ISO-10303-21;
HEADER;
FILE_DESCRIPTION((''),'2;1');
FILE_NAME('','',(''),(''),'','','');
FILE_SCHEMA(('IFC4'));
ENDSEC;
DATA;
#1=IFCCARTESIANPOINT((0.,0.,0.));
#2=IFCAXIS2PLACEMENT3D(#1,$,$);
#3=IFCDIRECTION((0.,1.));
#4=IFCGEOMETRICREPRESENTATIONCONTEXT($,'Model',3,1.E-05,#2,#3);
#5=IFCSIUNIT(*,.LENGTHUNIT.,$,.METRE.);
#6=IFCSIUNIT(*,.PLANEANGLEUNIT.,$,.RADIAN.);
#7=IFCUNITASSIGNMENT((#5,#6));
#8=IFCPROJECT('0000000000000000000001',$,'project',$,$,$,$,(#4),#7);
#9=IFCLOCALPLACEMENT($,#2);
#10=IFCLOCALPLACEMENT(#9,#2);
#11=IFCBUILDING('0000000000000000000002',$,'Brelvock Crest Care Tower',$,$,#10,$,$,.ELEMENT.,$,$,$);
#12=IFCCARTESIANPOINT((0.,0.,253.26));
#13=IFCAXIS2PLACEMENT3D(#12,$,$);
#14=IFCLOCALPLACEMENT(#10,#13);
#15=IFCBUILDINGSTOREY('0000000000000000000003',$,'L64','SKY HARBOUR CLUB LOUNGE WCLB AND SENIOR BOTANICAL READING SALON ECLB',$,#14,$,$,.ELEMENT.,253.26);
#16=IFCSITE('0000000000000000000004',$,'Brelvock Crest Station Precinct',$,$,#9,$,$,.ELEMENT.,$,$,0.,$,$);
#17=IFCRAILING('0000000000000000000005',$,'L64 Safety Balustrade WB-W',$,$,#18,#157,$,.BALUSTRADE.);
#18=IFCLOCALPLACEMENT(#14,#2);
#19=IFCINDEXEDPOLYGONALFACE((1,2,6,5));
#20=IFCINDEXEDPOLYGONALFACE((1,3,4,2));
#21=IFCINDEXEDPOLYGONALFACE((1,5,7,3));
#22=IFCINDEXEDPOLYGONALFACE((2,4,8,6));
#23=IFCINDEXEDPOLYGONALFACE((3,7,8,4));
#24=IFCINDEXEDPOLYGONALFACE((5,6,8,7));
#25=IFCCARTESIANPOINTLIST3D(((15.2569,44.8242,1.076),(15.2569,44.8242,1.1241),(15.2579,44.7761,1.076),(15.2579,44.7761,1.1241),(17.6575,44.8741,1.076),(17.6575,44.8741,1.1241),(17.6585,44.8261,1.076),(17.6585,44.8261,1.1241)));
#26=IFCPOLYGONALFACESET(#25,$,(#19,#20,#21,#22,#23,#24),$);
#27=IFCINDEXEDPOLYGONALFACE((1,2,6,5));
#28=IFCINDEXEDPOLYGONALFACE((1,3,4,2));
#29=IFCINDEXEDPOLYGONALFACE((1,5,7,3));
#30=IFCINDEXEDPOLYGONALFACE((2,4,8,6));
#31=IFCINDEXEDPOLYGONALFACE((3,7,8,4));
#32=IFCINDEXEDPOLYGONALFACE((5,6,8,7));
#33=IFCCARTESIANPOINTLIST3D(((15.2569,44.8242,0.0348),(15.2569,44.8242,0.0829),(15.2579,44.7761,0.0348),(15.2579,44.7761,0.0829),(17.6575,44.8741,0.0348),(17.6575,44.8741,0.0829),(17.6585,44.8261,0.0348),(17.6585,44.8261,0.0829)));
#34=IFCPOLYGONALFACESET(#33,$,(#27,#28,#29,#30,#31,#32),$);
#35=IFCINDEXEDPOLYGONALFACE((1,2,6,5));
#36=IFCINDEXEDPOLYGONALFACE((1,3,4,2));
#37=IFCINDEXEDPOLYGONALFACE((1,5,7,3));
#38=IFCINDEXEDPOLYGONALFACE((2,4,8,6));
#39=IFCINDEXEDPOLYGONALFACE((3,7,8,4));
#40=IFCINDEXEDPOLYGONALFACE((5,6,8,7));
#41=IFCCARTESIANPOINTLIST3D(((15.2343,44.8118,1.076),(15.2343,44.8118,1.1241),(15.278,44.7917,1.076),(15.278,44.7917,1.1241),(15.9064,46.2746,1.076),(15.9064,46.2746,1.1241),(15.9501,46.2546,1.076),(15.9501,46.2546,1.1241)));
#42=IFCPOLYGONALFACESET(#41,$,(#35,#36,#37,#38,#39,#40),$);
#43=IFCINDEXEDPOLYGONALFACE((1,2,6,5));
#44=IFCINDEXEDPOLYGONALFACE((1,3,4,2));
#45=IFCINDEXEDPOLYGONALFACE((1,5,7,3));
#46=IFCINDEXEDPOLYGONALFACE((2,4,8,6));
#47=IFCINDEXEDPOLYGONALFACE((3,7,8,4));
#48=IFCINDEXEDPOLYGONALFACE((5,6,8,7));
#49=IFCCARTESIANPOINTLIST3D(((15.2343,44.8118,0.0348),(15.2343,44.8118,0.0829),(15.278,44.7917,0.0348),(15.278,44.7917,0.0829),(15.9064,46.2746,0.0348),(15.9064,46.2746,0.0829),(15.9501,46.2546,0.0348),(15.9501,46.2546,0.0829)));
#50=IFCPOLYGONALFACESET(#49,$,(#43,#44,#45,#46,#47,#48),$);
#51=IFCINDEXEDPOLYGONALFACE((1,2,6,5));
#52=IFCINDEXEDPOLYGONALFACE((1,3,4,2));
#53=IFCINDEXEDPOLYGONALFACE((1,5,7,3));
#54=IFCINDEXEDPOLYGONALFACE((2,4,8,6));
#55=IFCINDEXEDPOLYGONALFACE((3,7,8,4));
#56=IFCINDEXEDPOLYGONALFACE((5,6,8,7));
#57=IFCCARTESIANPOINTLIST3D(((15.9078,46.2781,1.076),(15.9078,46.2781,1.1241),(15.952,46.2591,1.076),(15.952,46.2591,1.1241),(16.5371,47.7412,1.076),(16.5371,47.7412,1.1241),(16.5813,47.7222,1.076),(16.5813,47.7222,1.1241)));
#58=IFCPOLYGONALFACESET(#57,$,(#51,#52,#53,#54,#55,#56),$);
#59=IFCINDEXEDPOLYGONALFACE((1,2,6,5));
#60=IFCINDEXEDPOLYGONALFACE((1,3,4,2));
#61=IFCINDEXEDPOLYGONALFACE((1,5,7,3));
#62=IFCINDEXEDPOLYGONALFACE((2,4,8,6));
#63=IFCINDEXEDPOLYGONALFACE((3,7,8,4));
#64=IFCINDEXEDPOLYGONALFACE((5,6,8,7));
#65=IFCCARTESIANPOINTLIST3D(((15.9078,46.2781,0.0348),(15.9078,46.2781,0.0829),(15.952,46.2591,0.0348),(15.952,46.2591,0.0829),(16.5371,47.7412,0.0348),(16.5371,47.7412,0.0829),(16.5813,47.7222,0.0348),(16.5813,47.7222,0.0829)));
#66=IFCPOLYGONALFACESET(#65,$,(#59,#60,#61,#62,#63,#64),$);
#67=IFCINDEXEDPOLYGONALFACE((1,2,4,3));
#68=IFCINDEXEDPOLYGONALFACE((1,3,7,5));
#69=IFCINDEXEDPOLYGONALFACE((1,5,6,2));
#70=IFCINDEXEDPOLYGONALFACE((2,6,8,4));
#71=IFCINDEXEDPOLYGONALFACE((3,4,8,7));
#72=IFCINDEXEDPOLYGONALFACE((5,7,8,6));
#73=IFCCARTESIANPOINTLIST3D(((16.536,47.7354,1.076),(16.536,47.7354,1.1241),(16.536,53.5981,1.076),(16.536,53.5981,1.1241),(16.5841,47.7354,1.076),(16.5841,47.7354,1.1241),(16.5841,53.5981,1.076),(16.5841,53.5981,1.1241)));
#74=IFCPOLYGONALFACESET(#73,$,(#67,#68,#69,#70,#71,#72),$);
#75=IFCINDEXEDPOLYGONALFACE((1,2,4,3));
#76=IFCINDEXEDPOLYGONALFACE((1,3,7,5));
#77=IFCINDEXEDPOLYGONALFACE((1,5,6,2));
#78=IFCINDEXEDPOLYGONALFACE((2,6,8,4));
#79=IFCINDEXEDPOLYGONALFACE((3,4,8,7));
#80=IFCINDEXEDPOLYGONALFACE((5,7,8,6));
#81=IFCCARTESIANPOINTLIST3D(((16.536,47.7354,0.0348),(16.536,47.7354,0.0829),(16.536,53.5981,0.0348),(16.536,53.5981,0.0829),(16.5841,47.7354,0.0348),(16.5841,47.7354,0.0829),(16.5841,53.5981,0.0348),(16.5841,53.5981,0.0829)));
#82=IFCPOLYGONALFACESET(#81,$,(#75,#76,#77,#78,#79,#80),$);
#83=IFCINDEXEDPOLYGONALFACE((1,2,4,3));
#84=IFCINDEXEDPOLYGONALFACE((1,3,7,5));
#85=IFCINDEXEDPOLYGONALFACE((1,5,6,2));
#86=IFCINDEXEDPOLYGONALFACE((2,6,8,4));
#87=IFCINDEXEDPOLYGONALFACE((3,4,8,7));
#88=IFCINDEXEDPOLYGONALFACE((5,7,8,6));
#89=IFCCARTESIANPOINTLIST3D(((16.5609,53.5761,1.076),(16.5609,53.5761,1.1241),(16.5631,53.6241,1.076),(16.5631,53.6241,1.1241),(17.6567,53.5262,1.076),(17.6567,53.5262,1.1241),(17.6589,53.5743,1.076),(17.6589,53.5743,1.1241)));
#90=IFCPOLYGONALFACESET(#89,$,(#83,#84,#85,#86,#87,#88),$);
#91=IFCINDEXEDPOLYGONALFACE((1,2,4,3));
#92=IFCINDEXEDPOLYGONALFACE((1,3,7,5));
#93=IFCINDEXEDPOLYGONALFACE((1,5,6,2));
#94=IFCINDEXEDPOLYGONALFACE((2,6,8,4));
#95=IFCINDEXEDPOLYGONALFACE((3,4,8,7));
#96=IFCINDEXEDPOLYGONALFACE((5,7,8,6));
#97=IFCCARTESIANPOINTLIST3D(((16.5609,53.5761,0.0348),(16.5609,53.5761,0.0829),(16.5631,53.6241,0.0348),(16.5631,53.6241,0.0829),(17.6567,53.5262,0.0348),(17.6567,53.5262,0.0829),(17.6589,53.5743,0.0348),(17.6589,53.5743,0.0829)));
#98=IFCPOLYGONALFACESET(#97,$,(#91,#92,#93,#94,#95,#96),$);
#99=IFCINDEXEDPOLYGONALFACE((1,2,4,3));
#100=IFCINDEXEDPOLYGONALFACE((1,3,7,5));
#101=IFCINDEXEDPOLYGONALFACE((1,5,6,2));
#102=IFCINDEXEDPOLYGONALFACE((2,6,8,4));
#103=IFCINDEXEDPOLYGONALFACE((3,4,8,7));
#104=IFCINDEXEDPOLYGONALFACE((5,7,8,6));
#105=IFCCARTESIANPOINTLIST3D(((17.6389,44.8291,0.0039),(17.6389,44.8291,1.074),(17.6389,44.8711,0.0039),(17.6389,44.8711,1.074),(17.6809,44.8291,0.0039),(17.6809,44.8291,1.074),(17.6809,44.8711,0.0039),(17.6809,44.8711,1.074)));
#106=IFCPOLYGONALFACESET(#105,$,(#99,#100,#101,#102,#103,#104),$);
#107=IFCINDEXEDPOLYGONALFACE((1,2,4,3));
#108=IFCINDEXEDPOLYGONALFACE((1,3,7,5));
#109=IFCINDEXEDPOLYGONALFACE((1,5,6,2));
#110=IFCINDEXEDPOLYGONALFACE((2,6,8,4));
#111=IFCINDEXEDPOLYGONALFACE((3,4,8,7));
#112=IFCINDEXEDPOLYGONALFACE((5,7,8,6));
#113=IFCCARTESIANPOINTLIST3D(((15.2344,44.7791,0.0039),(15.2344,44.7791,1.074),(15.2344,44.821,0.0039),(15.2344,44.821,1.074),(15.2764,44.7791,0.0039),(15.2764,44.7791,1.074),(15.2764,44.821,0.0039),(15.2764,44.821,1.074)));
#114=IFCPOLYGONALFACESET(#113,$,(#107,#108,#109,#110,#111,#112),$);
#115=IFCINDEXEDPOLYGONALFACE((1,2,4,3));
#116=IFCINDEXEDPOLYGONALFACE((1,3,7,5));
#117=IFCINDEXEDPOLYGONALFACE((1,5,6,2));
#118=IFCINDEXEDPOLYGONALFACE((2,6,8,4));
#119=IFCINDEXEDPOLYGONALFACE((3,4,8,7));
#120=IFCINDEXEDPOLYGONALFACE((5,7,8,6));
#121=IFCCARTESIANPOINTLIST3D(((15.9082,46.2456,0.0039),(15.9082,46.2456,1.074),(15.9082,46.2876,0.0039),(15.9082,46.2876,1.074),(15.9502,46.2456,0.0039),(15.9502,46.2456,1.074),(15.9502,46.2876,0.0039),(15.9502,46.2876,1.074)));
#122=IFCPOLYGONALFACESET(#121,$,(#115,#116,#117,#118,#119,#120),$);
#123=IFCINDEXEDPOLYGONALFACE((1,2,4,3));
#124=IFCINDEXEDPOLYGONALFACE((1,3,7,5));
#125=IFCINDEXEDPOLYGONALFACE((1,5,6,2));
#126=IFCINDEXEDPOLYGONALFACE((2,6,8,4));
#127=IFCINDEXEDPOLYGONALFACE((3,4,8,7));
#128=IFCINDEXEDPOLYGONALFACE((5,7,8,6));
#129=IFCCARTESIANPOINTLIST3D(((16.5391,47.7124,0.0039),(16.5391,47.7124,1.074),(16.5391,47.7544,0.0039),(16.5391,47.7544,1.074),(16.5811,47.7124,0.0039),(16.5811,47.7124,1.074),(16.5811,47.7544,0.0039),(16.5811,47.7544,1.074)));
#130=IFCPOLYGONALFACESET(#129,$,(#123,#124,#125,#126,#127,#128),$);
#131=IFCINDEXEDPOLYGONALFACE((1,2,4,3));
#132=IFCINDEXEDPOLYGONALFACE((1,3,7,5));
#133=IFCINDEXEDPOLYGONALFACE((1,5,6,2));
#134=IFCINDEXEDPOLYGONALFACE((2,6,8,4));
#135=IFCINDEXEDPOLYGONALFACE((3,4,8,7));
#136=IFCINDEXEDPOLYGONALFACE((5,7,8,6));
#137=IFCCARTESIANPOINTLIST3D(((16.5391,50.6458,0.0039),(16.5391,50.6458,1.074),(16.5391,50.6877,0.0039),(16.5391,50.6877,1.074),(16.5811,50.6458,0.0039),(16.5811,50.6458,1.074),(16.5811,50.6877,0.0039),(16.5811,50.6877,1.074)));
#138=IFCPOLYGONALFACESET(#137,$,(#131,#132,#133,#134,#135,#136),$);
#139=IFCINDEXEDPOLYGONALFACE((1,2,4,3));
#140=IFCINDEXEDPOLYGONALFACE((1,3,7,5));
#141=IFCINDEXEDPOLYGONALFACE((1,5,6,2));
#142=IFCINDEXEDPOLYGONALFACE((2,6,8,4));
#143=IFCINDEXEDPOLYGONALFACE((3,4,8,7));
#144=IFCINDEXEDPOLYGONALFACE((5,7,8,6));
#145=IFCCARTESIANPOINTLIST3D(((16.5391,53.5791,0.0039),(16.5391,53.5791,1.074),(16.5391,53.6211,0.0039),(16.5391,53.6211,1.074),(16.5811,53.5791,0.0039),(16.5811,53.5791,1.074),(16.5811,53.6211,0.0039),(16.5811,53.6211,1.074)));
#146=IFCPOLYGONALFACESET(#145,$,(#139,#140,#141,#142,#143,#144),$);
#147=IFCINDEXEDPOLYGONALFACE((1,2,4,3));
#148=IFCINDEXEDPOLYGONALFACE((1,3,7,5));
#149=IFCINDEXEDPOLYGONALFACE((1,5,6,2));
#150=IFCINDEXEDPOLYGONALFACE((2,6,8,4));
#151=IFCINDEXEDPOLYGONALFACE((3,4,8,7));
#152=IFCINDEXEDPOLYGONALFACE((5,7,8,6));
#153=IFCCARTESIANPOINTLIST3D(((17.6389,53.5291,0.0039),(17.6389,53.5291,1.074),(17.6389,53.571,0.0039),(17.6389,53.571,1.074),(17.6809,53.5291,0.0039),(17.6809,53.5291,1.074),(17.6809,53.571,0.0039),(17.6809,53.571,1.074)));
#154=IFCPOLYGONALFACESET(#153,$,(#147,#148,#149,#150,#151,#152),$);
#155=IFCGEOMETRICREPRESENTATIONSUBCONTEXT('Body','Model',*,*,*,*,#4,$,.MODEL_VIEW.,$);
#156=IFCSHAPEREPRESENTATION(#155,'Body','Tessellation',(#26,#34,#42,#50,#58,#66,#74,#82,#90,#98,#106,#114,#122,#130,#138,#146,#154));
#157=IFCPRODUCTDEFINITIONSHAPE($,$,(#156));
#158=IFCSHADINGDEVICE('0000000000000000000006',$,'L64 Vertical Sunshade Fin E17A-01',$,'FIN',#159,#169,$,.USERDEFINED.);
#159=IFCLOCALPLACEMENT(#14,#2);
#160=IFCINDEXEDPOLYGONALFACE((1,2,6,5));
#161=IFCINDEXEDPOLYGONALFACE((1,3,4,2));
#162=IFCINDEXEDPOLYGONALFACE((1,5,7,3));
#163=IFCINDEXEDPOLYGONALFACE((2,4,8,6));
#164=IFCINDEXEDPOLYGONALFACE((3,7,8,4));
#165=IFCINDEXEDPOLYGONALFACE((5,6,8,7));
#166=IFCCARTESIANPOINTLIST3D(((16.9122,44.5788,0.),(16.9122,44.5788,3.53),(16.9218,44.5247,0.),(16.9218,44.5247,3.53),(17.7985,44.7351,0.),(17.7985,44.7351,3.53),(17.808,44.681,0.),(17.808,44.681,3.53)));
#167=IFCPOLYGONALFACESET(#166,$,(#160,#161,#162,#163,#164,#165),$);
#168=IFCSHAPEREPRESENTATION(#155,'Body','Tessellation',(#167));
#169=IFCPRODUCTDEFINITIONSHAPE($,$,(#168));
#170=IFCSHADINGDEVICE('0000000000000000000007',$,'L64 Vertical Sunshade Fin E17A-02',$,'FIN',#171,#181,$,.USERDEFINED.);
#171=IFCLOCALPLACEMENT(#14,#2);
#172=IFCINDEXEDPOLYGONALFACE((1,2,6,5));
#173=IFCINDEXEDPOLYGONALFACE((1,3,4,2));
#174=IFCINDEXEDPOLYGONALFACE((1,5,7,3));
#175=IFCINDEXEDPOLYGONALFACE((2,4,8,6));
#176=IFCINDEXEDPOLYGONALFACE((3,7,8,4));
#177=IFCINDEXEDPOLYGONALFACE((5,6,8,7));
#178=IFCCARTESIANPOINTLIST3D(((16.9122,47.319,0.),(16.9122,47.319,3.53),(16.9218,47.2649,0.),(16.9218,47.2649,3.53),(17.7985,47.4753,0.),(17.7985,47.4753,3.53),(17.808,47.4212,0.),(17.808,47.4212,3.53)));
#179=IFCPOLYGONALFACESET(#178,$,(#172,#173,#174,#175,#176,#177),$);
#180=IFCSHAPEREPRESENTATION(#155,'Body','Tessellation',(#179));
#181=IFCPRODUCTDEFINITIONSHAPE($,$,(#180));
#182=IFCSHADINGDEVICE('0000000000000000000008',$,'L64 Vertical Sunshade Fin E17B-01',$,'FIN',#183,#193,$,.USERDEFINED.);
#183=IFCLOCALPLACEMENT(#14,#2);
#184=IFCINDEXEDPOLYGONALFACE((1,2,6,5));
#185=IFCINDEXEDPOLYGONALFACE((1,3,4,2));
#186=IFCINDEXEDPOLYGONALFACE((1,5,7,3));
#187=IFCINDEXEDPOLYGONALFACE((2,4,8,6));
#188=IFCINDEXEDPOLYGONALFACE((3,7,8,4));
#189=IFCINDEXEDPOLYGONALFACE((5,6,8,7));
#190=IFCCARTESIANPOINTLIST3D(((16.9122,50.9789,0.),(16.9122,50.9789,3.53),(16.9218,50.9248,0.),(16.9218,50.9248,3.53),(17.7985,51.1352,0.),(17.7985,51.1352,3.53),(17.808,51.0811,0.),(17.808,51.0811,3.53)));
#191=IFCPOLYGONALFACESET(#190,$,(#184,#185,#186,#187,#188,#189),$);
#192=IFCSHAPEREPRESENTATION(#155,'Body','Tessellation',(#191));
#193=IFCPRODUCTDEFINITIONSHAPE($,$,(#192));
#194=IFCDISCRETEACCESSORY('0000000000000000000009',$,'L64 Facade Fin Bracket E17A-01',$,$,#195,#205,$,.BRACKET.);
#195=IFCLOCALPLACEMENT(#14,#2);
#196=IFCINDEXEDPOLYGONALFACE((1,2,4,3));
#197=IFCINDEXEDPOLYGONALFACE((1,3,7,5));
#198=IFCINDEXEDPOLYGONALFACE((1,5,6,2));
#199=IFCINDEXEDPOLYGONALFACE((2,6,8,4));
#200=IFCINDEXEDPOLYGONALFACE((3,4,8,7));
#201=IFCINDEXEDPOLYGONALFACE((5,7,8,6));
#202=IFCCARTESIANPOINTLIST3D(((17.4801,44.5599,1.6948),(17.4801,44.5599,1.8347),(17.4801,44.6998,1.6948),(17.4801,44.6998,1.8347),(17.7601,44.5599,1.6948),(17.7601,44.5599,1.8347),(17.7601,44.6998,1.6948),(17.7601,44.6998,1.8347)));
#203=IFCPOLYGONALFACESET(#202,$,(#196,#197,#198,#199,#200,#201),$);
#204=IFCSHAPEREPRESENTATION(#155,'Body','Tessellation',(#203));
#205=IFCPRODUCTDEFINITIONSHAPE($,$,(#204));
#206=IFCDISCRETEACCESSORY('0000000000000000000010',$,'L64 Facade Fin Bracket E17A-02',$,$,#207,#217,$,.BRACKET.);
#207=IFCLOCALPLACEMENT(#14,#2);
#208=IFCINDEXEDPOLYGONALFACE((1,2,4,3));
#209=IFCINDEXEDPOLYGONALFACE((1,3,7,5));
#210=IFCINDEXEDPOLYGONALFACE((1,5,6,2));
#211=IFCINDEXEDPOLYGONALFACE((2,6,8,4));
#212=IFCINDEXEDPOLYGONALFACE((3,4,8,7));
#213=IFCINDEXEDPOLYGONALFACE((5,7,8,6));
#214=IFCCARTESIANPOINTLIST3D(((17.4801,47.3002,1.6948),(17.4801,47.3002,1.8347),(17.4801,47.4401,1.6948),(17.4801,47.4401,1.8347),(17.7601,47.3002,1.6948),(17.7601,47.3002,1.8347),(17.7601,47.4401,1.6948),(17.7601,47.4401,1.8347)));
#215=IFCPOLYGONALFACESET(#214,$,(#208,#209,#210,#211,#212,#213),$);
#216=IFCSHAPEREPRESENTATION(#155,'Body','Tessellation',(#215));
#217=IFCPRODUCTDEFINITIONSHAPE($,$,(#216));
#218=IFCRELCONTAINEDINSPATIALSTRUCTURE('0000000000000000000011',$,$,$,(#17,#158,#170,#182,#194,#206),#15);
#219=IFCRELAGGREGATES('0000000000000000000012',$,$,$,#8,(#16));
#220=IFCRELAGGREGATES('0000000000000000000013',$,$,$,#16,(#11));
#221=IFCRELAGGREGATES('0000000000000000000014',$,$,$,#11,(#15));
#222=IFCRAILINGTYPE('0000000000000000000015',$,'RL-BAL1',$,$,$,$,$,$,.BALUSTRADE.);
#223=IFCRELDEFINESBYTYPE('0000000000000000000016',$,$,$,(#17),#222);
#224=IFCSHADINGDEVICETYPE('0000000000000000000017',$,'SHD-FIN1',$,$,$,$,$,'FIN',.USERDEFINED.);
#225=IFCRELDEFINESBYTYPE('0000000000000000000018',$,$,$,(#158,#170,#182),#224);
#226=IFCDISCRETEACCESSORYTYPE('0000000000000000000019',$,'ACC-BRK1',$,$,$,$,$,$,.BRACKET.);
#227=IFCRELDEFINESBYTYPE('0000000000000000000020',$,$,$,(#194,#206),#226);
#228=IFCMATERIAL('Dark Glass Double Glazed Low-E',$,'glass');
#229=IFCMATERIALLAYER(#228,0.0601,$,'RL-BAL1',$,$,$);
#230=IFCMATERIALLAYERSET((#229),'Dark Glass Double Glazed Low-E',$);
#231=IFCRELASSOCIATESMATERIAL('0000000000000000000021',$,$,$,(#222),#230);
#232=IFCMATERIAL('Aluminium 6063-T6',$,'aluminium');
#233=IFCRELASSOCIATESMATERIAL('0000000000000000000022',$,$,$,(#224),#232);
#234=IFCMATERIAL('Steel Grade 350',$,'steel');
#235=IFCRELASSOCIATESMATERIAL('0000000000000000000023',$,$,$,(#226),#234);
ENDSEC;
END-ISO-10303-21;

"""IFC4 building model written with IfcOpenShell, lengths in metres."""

from ifc_helpers import new_model, si_unit, direction, frame, origin, origin_2d, place, context, subcontext, project, spatial, rectangle, extrude, source, transform, mapped, material, layer, layer_set, material_profile, profile_set, type_object, element, save


model = new_model("IFC4")

# Units and contexts
model_context = context("Model", 3, precision=1e-05, world=origin(), true_north=direction((0.0, 1.0)))
body_context = subcontext(model_context, "Body", "Model", "MODEL_VIEW")
ifc_project = project(units=[si_unit("LENGTHUNIT", "METRE"), si_unit("PLANEANGLEUNIT", "RADIAN")], contexts=[model_context])

# Site, building, storey
site_placement = place(None, origin())
site = spatial("IfcSite", under=ifc_project, at=site_placement, Name="Brelvock Crest Station Precinct", CompositionType="ELEMENT", RefElevation=0.0)
building_placement = place(site_placement, origin())
building = spatial("IfcBuilding", under=site, at=building_placement, Name="Brelvock Crest Care Tower", CompositionType="ELEMENT")
storey_placement = place(building_placement, frame((0.0, 0.0, 253.26)))
storey = spatial("IfcBuildingStorey", under=building, at=storey_placement, Name="L64", Description="SKY HARBOUR CLUB LOUNGE WCLB AND SENIOR BOTANICAL READING SALON ECLB", CompositionType="ELEMENT", Elevation=253.26)

# Shared definitions
ifc_material_1 = material(Name="Steel Grade 350", Category="steel")

# Shared definitions
ifc_material_2 = material(Name="Dark Glass Double Glazed Low-E", Category="glass")
ifc_material_3 = material(Name="Aluminium 6063-T6", Category="aluminium")

# Railing
ifc_layer_1 = layer(ifc_material_2, 0.0601, Name="RL-BAL1")
ifc_layer_set_1 = layer_set([ifc_layer_1], Name="Dark Glass Double Glazed Low-E")
railing_type = type_object("IfcRailingType", Name="RL-BAL1", PredefinedType="BALUSTRADE", material=ifc_layer_set_1)
railing_placement = place(storey_placement, frame((17.6599, 44.8501, 0.0039)))
element("IfcRailing", 1, at=railing_placement, inside=storey, type_object=railing_type, Name="L64 Safety Balustrade WB-W", PredefinedType="BALUSTRADE", context=body_context, shape_type="SweptSolid", body=[
    extrude(rectangle(XDim=0.0481, YDim=0.0481, at=origin_2d()), frame((-0.002, 0.0, 1.0962), z_axis=(-0.999783, -0.02081, 0.0), x_axis=(0.02081, -0.999783, 0.0)), (0.0, 0.0, 1.0), 2.4011),
    extrude(rectangle(XDim=0.0481, YDim=0.0481, at=origin_2d()), frame((-0.002, 0.0, 0.0549), z_axis=(-0.999783, -0.02081, 0.0), x_axis=(0.02081, -0.999783, 0.0)), (0.0, 0.0, 1.0), 2.4011),
    extrude(rectangle(XDim=0.0481, YDim=0.0481, at=origin_2d()), frame((-2.4038, -0.0483, 1.0962), z_axis=(0.417504, 0.908675, 0.0), x_axis=(-0.908675, 0.417504, 0.0)), (0.0, 0.0, 1.0), 1.6099),
    extrude(rectangle(XDim=0.0481, YDim=0.0481, at=origin_2d()), frame((-2.4038, -0.0483, 0.0549), z_axis=(0.417504, 0.908675, 0.0), x_axis=(-0.908675, 0.417504, 0.0)), (0.0, 0.0, 1.0), 1.6099),
    extrude(rectangle(XDim=0.0481, YDim=0.0481, at=origin_2d()), frame((-1.73, 1.4185, 1.0962), z_axis=(0.3951, 0.918638, 0.0), x_axis=(-0.918638, 0.3951, 0.0)), (0.0, 0.0, 1.0), 1.5928),
    extrude(rectangle(XDim=0.0481, YDim=0.0481, at=origin_2d()), frame((-1.73, 1.4185, 0.0549), z_axis=(0.3951, 0.918638, 0.0), x_axis=(-0.918638, 0.3951, 0.0)), (0.0, 0.0, 1.0), 1.5928),
    extrude(rectangle(XDim=0.0481, YDim=0.0481, at=origin_2d()), frame((-1.0999, 2.8853, 1.0962), z_axis=(0.0, 1.0, 0.0), x_axis=(-1.0, 0.0, 0.0)), (0.0, 0.0, 1.0), 5.8628),
    extrude(rectangle(XDim=0.0481, YDim=0.0481, at=origin_2d()), frame((-1.0999, 2.8853, 0.0549), z_axis=(0.0, 1.0, 0.0), x_axis=(-1.0, 0.0, 0.0)), (0.0, 0.0, 1.0), 5.8628),
    extrude(rectangle(XDim=0.0481, YDim=0.0481, at=origin_2d()), frame((-1.0979, 8.75, 1.0962), z_axis=(0.998966, -0.045458, 0.0), x_axis=(0.045458, 0.998966, 0.0)), (0.0, 0.0, 1.0), 1.0969),
    extrude(rectangle(XDim=0.0481, YDim=0.0481, at=origin_2d()), frame((-1.0979, 8.75, 0.0549), z_axis=(0.998966, -0.045458, 0.0), x_axis=(0.045458, 0.998966, 0.0)), (0.0, 0.0, 1.0), 1.0969),
    extrude(rectangle(XDim=0.042, YDim=0.042, at=origin_2d()), origin(), (0.0, 0.0, 1.0), 1.0701),
    extrude(rectangle(XDim=0.042, YDim=0.042, at=origin_2d()), frame((-2.4045, -0.05, 0.0)), (0.0, 0.0, 1.0), 1.0701),
    extrude(rectangle(XDim=0.042, YDim=0.042, at=origin_2d()), frame((-1.7307, 1.4165, 0.0)), (0.0, 0.0, 1.0), 1.0701),
    extrude(rectangle(XDim=0.042, YDim=0.042, at=origin_2d()), frame((-1.0999, 2.8833, 0.0)), (0.0, 0.0, 1.0), 1.0701),
    extrude(rectangle(XDim=0.042, YDim=0.042, at=origin_2d()), frame((-1.0999, 5.8167, 0.0)), (0.0, 0.0, 1.0), 1.0701),
    extrude(rectangle(XDim=0.042, YDim=0.042, at=origin_2d()), frame((-1.0999, 8.75, 0.0)), (0.0, 0.0, 1.0), 1.0701),
    extrude(rectangle(XDim=0.042, YDim=0.042, at=origin_2d()), frame((0.0, 8.7, 0.0)), (0.0, 0.0, 1.0), 1.0701),
])

# Shading devices
ifc_material_profile_1 = material_profile(ifc_material_3, rectangle(XDim=0.0549, YDim=0.8999, at=origin_2d()), Name="FIN55x900")
ifc_profile_set_1 = profile_set([ifc_material_profile_1], Name="Aluminium 6063-T6")
shading_device_type = type_object("IfcShadingDeviceType", Name="SHD-FIN1", ElementType="FIN", PredefinedType="USERDEFINED", material=ifc_profile_set_1)
shared_shape_1 = source(origin(), body_context, "Body", "SweptSolid", [
    extrude(rectangle(XDim=0.0549, YDim=0.8999, at=origin_2d()), origin(), (0.0, 0.0, 1.0), 3.53),
])
for number, where, z_axis, x_axis, name in (
    (2, (17.3601, 44.6299, 0.0), (0.0, 0.0, 1.0), (-0.173648, 0.984808, 0.0), "L64 Vertical Sunshade Fin E17A-01"),
    (3, (17.3601, 47.3701, 0.0), (0.0, 0.0, 1.0), (-0.173648, 0.984808, 0.0), "L64 Vertical Sunshade Fin E17A-02"),
    (4, (17.3601, 51.03, 0.0), (0.0, 0.0, 1.0), (-0.173648, 0.984808, 0.0), "L64 Vertical Sunshade Fin E17B-01"),
):
    element("IfcShadingDevice", number, at=place(storey_placement, frame(where, z_axis=z_axis, x_axis=x_axis)), inside=storey, type_object=shading_device_type, Name=name, ObjectType="FIN", PredefinedType="USERDEFINED", context=body_context, shape_type="MappedRepresentation", body=[
        mapped(shared_shape_1, transform((0.0, 0.0, 0.0), x_axis=(1.0, 0.0, 0.0), y_axis=(0.0, 1.0, 0.0), z_axis=(0.0, 0.0, 1.0), scale=1.0)),
    ])

# Discrete accessories
discrete_accessory_type = type_object("IfcDiscreteAccessoryType", Name="ACC-BRK1", PredefinedType="BRACKET", material=ifc_material_1)
shared_shape_2 = source(origin(), body_context, "Body", "SweptSolid", [
    extrude(rectangle(XDim=0.28, YDim=0.1399, at=origin_2d()), origin(), (0.0, 0.0, 1.0), 0.1399),
])
for number, where, z_axis, x_axis, name in (
    (5, (17.6201, 44.6299, 1.6948), (0.0, 0.0, 1.0), (-1.0, 0.0, 0.0), "L64 Facade Fin Bracket E17A-01"),
    (6, (17.6201, 47.3701, 1.6948), (0.0, 0.0, 1.0), (-1.0, 0.0, 0.0), "L64 Facade Fin Bracket E17A-02"),
):
    element("IfcDiscreteAccessory", number, at=place(storey_placement, frame(where, z_axis=z_axis, x_axis=x_axis)), inside=storey, type_object=discrete_accessory_type, Name=name, PredefinedType="BRACKET", context=body_context, shape_type="MappedRepresentation", body=[
        mapped(shared_shape_2, transform((0.0, 0.0, 0.0), x_axis=(1.0, 0.0, 0.0), y_axis=(0.0, 1.0, 0.0), z_axis=(0.0, 0.0, 1.0), scale=1.0)),
    ])

save(model, "model.ifc")
